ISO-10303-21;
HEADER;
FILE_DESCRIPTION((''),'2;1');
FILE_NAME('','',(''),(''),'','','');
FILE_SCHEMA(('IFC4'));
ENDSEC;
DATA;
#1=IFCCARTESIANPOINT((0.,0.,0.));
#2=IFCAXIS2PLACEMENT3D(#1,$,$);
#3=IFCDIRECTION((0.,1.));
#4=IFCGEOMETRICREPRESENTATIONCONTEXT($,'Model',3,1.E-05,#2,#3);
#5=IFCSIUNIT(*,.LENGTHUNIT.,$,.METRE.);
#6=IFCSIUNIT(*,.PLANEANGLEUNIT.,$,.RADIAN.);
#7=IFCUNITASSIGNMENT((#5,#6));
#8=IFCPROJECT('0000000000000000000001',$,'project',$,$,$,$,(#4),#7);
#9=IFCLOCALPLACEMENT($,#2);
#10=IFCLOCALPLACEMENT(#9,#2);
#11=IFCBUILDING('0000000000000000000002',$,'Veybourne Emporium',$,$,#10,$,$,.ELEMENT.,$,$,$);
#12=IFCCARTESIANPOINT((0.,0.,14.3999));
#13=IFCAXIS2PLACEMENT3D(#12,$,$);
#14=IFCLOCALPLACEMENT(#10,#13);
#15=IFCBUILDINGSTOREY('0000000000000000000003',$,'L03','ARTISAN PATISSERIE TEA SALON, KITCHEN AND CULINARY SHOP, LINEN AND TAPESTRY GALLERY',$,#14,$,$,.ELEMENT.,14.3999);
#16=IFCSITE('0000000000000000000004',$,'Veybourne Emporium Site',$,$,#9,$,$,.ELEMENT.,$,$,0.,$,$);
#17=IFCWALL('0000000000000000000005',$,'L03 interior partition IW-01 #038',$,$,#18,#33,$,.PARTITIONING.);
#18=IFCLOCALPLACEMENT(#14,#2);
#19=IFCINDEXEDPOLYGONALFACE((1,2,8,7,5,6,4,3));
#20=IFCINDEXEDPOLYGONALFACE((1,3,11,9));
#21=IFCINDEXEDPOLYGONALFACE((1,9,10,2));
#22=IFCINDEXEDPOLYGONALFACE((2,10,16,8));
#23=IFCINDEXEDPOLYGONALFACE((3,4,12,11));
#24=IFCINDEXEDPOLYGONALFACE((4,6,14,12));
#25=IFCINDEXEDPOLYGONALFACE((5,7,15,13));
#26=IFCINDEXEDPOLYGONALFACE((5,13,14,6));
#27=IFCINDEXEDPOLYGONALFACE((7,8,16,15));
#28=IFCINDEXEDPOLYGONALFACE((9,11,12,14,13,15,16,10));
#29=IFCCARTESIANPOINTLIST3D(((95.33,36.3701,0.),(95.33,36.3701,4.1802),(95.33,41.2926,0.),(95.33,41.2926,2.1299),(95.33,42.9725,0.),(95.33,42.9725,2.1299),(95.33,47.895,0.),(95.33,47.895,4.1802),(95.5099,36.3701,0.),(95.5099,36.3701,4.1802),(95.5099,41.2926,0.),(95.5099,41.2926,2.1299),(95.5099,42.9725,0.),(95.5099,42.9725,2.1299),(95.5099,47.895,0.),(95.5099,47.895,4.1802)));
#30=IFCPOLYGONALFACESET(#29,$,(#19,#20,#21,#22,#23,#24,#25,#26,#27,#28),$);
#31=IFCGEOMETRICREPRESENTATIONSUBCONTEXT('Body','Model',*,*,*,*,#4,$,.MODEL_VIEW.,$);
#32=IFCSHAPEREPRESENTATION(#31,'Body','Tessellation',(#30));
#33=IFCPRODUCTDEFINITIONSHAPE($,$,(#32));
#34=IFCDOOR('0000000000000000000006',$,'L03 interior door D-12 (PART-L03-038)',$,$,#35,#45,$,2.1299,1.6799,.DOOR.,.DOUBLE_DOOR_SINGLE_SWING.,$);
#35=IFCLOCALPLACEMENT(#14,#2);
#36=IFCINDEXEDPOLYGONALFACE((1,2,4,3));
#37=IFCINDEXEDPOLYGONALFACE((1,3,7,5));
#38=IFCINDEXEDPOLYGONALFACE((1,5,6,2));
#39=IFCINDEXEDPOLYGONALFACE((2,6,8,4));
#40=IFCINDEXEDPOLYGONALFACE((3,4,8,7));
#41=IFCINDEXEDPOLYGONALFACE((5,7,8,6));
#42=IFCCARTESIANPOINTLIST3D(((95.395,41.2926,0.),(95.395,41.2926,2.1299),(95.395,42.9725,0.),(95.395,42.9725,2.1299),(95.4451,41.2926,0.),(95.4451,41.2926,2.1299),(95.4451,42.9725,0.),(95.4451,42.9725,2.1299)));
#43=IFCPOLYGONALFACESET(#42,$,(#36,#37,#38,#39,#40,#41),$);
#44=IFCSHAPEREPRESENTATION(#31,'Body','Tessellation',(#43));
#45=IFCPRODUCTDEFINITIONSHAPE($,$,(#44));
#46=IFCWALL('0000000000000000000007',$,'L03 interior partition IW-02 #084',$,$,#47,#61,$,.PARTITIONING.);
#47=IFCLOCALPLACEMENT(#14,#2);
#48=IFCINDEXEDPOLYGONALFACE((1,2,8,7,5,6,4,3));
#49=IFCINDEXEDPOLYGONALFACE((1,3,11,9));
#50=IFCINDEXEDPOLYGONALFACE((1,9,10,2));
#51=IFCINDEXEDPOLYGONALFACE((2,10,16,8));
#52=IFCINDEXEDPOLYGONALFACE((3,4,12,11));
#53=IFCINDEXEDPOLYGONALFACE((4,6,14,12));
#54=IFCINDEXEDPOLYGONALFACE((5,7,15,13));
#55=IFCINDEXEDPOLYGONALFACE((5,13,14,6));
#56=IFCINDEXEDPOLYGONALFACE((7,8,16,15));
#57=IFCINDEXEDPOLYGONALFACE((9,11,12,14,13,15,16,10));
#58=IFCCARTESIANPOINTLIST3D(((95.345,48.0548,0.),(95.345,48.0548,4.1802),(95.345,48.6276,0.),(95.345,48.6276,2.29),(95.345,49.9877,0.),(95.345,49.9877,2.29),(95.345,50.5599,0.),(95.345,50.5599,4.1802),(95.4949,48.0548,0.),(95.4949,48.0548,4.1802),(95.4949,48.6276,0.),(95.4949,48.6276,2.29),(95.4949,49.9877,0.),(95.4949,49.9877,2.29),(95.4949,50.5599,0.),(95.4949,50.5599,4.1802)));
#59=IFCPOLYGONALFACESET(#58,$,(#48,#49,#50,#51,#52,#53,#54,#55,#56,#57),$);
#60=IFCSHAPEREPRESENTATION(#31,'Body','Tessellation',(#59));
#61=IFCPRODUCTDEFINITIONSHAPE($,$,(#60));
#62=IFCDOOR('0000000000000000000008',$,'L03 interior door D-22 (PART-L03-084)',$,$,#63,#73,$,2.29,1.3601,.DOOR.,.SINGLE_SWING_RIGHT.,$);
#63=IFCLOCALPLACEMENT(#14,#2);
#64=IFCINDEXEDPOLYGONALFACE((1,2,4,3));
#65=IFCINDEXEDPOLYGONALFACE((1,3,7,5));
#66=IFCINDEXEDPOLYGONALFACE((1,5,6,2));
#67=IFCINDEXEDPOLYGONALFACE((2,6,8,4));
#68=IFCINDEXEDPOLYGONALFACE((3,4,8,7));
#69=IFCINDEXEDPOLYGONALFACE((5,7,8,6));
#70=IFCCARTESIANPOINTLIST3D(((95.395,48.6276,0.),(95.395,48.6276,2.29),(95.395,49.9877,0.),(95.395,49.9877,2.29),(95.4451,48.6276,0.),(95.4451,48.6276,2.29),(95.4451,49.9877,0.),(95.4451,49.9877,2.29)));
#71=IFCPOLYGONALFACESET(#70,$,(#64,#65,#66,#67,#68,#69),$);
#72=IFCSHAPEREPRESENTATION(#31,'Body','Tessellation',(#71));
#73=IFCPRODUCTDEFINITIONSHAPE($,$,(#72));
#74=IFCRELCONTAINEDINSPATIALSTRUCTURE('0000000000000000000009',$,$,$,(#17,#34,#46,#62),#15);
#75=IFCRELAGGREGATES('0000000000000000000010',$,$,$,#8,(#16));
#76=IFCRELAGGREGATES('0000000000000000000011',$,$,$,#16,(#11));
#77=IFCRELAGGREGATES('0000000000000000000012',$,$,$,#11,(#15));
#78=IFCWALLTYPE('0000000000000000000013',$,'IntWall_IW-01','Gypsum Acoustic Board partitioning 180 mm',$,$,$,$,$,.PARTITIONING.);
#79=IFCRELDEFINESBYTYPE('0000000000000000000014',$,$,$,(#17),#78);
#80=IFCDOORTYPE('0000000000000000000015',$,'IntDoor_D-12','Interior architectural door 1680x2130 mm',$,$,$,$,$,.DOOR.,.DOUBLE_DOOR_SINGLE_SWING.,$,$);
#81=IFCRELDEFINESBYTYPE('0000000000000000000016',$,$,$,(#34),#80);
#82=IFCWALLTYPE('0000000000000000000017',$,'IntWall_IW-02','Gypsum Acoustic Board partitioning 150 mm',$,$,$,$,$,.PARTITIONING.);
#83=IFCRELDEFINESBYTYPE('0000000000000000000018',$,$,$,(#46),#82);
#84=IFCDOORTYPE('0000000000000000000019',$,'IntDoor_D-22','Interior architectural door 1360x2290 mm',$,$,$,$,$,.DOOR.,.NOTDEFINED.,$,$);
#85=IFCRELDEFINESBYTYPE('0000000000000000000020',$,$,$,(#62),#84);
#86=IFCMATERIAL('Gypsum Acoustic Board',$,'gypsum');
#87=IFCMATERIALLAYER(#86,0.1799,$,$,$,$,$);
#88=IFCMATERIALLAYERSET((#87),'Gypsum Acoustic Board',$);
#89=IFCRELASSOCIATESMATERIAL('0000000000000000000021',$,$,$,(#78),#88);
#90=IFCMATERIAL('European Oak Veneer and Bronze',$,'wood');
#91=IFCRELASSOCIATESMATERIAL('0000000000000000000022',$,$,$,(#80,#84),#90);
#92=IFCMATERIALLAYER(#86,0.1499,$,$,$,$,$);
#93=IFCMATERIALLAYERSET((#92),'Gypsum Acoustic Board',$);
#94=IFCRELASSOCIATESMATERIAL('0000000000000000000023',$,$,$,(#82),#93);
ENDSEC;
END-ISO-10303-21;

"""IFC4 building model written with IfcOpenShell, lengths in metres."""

from ifc_helpers import new_model, si_unit, direction, frame, frame_2d, origin, place, context, subcontext, project, spatial, rectangle, extrude, material, layer, layer_set, type_object, element, fill, save


model = new_model("IFC4")

# Units and contexts
model_context = context("Model", 3, precision=1e-05, world=origin(), true_north=direction((0.0, 1.0)))
body_context = subcontext(model_context, "Body", "Model", "MODEL_VIEW")
ifc_project = project(units=[si_unit("LENGTHUNIT", "METRE"), si_unit("PLANEANGLEUNIT", "RADIAN")], contexts=[model_context])

# Site, building, storey
site_placement = place(None, origin())
site = spatial("IfcSite", under=ifc_project, at=site_placement, Name="Veybourne Emporium Site", CompositionType="ELEMENT", RefElevation=0.0)
building_placement = place(site_placement, origin())
building = spatial("IfcBuilding", under=site, at=building_placement, Name="Veybourne Emporium", CompositionType="ELEMENT")
storey_placement = place(building_placement, frame((0.0, 0.0, 14.3999)))
storey = spatial("IfcBuildingStorey", under=building, at=storey_placement, Name="L03", Description="ARTISAN PATISSERIE TEA SALON, KITCHEN AND CULINARY SHOP, LINEN AND TAPESTRY GALLERY", CompositionType="ELEMENT", Elevation=14.3999)

# Walls, openings, doors
ifc_material_1 = material(Name="Gypsum Acoustic Board", Category="gypsum")
ifc_layer_1 = layer(ifc_material_1, 0.1799)
ifc_layer_set_1 = layer_set([ifc_layer_1], Name="Gypsum Acoustic Board")
wall_type_1 = type_object("IfcWallType", Name="IntWall_IW-01", Description="Gypsum Acoustic Board partitioning 180 mm", PredefinedType="PARTITIONING", material=ifc_layer_set_1)
wall_1_placement = place(storey_placement, frame((95.4199, 36.3701, 0.0), z_axis=(0.0, 0.0, 1.0), x_axis=(0.0, 1.0, 0.0)))
wall_1 = element("IfcWall", 1, at=wall_1_placement, inside=storey, type_object=wall_type_1, Name="L03 interior partition IW-01 #038", PredefinedType="PARTITIONING", context=body_context, shape_type="SweptSolid", body=[
    extrude(rectangle(XDim=11.5249, YDim=0.1799, at=frame_2d((5.7625, 0.0))), origin(), (0.0, 0.0, 1.0), 4.1802),
])
opening_1_placement = place(wall_1_placement, frame((4.9226, 0.0, 0.0)))
opening_1 = element("IfcOpeningElement", 2, at=opening_1_placement, cuts=wall_1, PredefinedType="OPENING", context=body_context, shape_type="SweptSolid", body=[
    extrude(rectangle(XDim=1.6799, YDim=2.1299, at=frame_2d((0.8398, 1.0649))), frame((0.0, 0.1099, 0.0), z_axis=(0.0, -1.0, 0.0), x_axis=(1.0, 0.0, 0.0)), (0.0, 0.0, 1.0), 0.22),
])
ifc_material_2 = material(Name="European Oak Veneer and Bronze", Category="wood")
door_type_1 = type_object("IfcDoorType", Name="IntDoor_D-12", Description="Interior architectural door 1680x2130 mm", OperationType="DOUBLE_DOOR_SINGLE_SWING", PredefinedType="DOOR", material=ifc_material_2)
door_1_placement = place(opening_1_placement, origin())
door_1 = element("IfcDoor", 3, at=door_1_placement, inside=storey, type_object=door_type_1, Name="L03 interior door D-12 (PART-L03-038)", OperationType="DOUBLE_DOOR_SINGLE_SWING", OverallHeight=2.1299, OverallWidth=1.6799, PredefinedType="DOOR", context=body_context, shape_type="SweptSolid", body=[
    extrude(rectangle(XDim=1.6799, YDim=2.1299, at=frame_2d((0.8398, 1.0649))), frame((0.0, 0.0249, 0.0), z_axis=(0.0, -1.0, 0.0), x_axis=(1.0, 0.0, 0.0)), (0.0, 0.0, 1.0), 0.05),
])
fill(opening_1, door_1)
ifc_layer_2 = layer(ifc_material_1, 0.1499)
ifc_layer_set_2 = layer_set([ifc_layer_2], Name="Gypsum Acoustic Board")
wall_type_2 = type_object("IfcWallType", Name="IntWall_IW-02", Description="Gypsum Acoustic Board partitioning 150 mm", PredefinedType="PARTITIONING", material=ifc_layer_set_2)
wall_2_placement = place(storey_placement, frame((95.4199, 48.0549, 0.0), z_axis=(0.0, 0.0, 1.0), x_axis=(0.0, 1.0, 0.0)))
wall_2 = element("IfcWall", 4, at=wall_2_placement, inside=storey, type_object=wall_type_2, Name="L03 interior partition IW-02 #084", PredefinedType="PARTITIONING", context=body_context, shape_type="SweptSolid", body=[
    extrude(rectangle(XDim=2.5051, YDim=0.1499, at=frame_2d((1.2524, 0.0))), origin(), (0.0, 0.0, 1.0), 4.1802),
])
opening_2_placement = place(wall_2_placement, frame((0.5725, 0.0, 0.0)))
opening_2 = element("IfcOpeningElement", 5, at=opening_2_placement, cuts=wall_2, PredefinedType="OPENING", context=body_context, shape_type="SweptSolid", body=[
    extrude(rectangle(XDim=1.3601, YDim=2.29, at=frame_2d((0.6802, 1.145))), frame((0.0, 0.095, 0.0), z_axis=(0.0, -1.0, 0.0), x_axis=(1.0, 0.0, 0.0)), (0.0, 0.0, 1.0), 0.1899),
])
door_type_2 = type_object("IfcDoorType", Name="IntDoor_D-22", Description="Interior architectural door 1360x2290 mm", OperationType="NOTDEFINED", PredefinedType="DOOR", material=ifc_material_2)
door_2_placement = place(opening_2_placement, origin())
door_2 = element("IfcDoor", 6, at=door_2_placement, inside=storey, type_object=door_type_2, Name="L03 interior door D-22 (PART-L03-084)", OperationType="SINGLE_SWING_RIGHT", OverallHeight=2.29, OverallWidth=1.3601, PredefinedType="DOOR", context=body_context, shape_type="SweptSolid", body=[
    extrude(rectangle(XDim=1.3601, YDim=2.29, at=frame_2d((0.6802, 1.145))), frame((0.0, 0.0249, 0.0), z_axis=(0.0, -1.0, 0.0), x_axis=(1.0, 0.0, 0.0)), (0.0, 0.0, 1.0), 0.05),
])
fill(opening_2, door_2)

save(model, "model.ifc")
